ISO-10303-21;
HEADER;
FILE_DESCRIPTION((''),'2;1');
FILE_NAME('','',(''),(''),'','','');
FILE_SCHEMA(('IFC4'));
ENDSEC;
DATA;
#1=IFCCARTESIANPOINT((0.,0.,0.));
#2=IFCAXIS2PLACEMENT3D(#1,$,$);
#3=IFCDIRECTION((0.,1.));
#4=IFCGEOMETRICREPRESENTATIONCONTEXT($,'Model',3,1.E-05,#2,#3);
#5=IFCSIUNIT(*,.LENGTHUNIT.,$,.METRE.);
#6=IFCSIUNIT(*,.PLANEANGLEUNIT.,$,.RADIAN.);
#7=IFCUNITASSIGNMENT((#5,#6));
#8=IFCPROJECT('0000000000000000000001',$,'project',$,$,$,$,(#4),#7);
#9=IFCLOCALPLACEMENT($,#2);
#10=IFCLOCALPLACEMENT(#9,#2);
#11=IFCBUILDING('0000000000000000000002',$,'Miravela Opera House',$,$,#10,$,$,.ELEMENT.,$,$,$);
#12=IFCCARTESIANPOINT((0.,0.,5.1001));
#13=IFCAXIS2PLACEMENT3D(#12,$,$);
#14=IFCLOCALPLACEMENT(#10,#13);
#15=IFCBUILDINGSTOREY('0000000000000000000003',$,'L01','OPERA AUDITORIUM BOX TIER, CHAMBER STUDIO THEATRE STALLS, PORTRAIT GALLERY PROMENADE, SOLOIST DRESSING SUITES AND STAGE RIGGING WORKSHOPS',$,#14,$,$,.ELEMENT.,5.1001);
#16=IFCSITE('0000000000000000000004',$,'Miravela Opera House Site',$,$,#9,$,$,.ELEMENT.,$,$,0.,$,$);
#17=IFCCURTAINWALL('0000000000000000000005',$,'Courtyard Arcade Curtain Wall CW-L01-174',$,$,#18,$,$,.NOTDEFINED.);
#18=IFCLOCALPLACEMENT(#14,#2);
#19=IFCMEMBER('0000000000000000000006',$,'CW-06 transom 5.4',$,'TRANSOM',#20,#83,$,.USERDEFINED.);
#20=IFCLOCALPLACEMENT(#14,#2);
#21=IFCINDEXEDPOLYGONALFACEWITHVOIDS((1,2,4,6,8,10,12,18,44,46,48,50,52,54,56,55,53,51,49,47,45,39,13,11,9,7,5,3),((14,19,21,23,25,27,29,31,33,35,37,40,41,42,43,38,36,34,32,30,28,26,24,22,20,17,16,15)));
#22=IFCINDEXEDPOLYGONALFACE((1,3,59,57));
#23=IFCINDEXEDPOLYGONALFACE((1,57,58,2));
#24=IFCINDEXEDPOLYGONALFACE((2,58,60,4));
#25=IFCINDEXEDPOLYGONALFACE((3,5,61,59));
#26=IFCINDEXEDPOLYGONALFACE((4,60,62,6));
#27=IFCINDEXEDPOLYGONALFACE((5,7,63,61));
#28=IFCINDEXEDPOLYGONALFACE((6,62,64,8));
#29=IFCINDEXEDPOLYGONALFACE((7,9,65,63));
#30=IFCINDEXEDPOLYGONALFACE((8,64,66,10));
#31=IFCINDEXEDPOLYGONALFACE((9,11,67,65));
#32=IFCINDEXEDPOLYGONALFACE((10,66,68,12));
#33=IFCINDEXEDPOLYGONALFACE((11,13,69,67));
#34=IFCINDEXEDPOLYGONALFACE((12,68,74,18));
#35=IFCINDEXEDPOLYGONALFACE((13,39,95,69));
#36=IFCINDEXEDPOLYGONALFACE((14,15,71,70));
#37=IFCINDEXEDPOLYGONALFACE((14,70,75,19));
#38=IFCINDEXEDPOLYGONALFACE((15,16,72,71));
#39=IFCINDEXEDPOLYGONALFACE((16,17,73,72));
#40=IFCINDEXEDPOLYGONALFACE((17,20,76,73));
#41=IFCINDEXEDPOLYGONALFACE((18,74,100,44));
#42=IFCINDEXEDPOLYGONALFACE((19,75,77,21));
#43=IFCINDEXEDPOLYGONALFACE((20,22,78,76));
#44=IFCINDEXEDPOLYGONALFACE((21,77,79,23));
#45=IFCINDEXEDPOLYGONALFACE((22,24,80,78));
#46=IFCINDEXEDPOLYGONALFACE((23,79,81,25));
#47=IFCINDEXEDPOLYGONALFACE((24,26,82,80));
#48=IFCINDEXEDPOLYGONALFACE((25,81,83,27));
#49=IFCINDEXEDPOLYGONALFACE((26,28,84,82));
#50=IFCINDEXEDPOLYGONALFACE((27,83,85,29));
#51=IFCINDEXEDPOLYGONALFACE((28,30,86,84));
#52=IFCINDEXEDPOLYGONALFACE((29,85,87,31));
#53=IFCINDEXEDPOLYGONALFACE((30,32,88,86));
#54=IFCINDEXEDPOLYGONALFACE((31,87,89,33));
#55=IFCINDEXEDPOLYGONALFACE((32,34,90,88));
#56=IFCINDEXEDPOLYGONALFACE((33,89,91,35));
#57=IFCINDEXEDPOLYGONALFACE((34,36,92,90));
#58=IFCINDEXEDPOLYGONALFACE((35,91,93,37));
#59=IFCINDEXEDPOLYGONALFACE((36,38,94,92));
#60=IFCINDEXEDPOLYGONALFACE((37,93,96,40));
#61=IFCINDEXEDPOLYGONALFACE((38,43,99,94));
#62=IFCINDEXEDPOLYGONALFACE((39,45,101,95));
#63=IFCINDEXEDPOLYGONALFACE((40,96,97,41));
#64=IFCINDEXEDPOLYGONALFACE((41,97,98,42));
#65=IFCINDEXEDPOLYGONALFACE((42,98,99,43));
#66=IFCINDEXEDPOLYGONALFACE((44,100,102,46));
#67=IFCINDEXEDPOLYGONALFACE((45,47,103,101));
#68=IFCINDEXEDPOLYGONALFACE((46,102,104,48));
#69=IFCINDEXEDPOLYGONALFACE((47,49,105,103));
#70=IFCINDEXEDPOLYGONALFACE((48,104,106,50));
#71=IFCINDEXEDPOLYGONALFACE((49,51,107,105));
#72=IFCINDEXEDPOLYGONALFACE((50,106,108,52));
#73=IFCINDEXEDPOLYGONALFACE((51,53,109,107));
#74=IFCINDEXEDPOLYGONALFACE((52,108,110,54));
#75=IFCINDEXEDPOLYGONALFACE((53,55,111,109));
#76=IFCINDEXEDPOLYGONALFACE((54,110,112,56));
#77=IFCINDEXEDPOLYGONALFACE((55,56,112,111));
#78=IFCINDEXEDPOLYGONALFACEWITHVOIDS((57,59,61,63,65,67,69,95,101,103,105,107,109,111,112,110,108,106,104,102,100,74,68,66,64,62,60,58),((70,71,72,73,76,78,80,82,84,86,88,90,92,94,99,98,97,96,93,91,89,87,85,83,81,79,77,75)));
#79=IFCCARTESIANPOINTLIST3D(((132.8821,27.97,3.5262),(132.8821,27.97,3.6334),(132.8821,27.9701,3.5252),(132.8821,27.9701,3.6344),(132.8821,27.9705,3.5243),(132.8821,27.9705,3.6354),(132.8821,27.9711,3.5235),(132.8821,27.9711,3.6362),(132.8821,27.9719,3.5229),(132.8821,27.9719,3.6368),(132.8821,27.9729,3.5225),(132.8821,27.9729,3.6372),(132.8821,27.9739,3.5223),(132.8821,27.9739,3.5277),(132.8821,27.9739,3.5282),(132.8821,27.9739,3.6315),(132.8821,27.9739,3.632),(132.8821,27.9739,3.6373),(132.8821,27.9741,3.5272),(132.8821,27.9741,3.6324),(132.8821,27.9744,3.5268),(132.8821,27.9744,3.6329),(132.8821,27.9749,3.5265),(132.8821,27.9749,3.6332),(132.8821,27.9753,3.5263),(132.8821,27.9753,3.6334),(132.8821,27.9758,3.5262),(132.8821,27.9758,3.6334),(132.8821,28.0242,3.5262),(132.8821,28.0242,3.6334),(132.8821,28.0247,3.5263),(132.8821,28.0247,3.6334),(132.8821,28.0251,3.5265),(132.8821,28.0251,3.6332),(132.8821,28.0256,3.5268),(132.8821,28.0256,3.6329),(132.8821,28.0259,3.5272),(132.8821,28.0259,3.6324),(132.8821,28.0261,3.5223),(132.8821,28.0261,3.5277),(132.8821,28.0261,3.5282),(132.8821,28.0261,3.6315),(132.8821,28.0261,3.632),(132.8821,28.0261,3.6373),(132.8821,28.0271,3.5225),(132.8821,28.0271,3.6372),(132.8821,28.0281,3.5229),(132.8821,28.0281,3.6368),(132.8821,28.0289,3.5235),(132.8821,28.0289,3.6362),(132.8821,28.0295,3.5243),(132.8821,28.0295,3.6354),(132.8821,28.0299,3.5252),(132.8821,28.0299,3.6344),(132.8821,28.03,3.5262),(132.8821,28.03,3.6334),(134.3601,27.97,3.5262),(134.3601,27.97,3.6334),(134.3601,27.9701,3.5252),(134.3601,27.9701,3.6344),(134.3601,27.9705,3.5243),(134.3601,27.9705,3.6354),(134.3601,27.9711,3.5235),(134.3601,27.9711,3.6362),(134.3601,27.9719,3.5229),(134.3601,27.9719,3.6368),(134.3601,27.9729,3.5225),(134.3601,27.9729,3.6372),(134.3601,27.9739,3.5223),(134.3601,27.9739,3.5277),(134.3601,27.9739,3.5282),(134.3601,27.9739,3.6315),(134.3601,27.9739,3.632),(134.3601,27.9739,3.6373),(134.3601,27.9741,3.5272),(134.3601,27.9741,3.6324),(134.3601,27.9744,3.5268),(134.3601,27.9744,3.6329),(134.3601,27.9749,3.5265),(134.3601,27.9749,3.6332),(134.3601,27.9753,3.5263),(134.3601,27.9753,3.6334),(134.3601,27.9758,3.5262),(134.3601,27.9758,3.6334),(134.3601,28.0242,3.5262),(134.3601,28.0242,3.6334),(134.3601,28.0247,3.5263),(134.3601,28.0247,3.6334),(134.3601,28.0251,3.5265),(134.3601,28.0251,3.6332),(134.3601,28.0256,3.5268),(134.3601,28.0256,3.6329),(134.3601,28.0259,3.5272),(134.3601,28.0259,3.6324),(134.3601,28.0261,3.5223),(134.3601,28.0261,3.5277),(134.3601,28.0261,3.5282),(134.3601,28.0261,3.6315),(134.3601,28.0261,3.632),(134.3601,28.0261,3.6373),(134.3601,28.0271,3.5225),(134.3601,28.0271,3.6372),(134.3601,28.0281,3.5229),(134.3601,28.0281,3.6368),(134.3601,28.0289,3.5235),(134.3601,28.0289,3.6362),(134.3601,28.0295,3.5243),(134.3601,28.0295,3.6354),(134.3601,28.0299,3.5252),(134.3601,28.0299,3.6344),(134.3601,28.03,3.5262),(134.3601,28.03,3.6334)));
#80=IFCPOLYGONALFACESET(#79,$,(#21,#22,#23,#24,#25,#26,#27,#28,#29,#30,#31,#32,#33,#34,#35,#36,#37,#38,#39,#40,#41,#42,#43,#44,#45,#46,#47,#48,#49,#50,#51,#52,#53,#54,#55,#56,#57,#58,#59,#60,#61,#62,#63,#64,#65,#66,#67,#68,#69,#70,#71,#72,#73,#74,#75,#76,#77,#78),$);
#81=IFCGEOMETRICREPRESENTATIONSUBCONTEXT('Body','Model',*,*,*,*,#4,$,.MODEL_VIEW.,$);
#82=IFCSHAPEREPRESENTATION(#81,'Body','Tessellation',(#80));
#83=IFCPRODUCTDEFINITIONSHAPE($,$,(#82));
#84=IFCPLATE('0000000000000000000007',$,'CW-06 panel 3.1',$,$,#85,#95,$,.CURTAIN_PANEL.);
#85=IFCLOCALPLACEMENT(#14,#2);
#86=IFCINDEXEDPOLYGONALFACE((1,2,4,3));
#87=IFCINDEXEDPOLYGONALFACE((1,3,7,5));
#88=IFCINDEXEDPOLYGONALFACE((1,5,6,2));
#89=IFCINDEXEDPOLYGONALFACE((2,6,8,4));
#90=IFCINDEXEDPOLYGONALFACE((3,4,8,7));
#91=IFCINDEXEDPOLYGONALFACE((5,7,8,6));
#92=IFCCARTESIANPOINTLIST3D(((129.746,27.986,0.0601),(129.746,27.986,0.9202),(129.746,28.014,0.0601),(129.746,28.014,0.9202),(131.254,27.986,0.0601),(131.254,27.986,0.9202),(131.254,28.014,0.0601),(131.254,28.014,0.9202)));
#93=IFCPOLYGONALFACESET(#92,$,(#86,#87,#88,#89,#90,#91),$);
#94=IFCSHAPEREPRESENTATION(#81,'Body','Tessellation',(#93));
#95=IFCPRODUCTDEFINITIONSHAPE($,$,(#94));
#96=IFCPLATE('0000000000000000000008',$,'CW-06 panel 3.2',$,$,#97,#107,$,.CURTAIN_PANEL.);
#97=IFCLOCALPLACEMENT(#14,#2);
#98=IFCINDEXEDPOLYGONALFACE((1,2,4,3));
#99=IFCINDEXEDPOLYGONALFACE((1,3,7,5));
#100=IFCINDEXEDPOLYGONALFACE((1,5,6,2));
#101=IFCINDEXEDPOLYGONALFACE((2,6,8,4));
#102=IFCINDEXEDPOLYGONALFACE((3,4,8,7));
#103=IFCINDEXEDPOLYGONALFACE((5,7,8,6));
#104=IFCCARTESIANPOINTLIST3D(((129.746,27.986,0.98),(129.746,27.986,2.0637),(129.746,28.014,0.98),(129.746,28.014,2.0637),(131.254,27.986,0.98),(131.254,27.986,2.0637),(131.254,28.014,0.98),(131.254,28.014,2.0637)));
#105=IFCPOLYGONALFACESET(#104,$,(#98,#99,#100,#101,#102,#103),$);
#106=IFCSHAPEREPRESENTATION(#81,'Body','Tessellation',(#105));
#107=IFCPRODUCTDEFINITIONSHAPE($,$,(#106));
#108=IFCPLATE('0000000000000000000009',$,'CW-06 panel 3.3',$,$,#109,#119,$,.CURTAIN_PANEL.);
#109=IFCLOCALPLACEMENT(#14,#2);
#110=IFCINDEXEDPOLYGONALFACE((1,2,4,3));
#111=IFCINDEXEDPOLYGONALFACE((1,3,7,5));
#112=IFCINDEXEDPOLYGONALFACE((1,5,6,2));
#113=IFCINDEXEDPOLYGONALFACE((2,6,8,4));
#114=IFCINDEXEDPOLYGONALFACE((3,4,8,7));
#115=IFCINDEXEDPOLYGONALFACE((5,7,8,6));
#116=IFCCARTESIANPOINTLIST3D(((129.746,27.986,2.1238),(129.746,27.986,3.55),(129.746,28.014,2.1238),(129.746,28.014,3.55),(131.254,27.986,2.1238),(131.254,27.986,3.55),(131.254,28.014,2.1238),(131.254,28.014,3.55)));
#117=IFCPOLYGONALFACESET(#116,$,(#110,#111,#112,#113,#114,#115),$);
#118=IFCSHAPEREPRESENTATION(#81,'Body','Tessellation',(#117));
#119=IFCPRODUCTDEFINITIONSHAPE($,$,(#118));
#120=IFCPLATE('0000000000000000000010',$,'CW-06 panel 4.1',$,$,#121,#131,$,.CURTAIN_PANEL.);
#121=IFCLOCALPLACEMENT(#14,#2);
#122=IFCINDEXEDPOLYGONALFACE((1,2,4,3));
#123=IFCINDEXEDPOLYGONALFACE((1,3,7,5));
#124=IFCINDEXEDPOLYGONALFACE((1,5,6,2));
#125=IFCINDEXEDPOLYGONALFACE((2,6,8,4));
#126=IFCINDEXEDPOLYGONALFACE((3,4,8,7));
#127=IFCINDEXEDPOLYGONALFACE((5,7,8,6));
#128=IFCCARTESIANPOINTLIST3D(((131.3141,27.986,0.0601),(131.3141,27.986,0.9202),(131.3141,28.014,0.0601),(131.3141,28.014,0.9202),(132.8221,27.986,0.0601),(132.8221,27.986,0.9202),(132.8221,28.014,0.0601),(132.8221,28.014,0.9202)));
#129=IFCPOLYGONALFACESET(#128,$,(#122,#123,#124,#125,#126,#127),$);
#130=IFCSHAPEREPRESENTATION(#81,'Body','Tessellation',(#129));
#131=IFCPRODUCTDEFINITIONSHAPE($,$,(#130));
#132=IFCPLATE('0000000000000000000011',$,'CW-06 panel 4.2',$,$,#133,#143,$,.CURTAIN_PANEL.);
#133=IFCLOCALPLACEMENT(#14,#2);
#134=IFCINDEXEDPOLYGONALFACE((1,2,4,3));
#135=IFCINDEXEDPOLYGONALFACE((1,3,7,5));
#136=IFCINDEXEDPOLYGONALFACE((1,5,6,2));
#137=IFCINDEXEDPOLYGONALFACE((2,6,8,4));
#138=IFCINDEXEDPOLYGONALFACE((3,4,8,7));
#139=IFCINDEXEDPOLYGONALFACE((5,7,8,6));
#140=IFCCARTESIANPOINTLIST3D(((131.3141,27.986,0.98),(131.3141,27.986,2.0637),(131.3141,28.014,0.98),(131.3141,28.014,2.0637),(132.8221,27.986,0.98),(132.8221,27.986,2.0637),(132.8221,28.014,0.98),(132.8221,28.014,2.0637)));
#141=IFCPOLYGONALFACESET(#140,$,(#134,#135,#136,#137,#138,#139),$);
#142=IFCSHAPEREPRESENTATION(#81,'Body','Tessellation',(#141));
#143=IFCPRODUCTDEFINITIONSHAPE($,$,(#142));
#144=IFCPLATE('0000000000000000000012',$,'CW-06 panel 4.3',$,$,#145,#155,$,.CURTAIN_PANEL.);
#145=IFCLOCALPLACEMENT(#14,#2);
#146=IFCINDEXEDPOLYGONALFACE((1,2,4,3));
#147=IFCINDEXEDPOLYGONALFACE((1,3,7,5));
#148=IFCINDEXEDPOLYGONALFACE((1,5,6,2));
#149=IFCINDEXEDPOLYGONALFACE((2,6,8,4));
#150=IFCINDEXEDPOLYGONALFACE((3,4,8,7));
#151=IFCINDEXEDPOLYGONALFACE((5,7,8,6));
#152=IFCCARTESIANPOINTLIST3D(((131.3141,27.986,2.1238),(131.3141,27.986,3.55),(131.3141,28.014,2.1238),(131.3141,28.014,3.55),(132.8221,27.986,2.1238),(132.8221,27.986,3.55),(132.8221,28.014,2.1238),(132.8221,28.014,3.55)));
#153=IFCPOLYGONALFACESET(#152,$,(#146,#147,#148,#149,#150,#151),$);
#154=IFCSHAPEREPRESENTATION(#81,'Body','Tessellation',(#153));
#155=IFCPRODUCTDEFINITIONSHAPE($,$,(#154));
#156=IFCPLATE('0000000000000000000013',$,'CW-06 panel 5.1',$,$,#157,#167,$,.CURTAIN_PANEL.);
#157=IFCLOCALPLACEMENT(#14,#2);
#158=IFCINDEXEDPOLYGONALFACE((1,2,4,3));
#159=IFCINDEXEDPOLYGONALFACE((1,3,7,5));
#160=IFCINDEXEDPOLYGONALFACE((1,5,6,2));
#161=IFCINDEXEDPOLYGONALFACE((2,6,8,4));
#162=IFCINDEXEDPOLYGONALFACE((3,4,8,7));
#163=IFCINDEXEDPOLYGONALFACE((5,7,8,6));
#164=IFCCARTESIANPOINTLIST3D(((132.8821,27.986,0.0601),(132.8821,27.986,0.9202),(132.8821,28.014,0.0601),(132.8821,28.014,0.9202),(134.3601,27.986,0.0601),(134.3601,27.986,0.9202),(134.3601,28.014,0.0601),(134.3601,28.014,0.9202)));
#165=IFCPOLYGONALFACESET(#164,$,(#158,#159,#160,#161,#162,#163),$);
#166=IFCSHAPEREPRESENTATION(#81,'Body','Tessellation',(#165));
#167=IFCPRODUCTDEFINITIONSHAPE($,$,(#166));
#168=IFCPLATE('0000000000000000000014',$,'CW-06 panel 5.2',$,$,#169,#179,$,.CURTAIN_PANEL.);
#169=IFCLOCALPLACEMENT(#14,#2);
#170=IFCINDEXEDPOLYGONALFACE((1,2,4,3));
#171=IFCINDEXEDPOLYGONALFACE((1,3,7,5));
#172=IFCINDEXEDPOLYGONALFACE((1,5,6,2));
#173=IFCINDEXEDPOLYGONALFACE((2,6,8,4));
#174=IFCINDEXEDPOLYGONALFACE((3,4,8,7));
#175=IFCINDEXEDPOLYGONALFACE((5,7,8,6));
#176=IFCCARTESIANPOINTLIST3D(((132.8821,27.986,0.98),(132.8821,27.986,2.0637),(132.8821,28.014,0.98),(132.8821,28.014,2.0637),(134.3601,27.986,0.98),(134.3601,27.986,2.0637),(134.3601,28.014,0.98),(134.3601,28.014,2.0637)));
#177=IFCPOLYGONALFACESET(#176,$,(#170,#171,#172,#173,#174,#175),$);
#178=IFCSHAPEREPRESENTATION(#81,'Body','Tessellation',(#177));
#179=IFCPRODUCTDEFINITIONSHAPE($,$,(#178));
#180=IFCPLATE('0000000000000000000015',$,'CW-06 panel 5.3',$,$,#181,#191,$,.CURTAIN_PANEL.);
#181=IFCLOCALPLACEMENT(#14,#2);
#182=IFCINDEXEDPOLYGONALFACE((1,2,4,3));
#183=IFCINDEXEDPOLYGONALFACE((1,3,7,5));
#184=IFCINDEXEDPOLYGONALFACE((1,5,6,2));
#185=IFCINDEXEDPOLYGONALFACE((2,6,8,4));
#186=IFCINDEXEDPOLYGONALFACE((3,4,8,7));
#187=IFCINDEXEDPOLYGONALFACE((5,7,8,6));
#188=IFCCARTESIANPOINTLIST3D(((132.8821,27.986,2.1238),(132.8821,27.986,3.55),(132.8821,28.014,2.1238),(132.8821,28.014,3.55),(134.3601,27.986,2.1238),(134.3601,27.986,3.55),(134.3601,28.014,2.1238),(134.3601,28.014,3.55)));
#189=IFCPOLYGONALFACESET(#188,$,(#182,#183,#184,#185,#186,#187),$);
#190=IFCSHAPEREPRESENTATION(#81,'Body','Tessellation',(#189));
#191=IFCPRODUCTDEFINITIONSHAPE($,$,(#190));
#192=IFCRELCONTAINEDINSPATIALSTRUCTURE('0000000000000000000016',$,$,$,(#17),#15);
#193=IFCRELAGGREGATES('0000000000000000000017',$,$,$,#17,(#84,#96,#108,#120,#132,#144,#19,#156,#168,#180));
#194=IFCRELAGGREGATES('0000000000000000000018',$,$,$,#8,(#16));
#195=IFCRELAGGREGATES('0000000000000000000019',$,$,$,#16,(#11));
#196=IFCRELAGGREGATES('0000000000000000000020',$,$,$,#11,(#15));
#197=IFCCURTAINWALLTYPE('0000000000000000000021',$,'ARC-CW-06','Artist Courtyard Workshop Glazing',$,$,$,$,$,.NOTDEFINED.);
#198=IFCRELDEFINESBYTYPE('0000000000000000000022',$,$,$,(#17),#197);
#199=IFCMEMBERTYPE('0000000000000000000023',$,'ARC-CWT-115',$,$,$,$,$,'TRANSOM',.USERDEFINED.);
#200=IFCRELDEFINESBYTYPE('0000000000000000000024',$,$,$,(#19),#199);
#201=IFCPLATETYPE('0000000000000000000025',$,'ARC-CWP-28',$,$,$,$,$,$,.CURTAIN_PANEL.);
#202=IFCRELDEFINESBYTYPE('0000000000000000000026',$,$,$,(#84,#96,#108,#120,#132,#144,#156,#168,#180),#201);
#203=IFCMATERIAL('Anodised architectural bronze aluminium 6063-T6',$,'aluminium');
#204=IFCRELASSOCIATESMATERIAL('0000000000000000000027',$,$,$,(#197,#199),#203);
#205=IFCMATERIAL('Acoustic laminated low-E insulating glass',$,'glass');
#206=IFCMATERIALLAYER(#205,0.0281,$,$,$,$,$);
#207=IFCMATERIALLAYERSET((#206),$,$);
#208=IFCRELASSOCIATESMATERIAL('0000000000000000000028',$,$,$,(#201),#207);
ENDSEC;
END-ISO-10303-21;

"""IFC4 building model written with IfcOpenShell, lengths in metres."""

from ifc_helpers import new_model, si_unit, direction, frame, origin, origin_2d, place, context, subcontext, project, spatial, rectangle, hollow_rectangle, extrude, material, layer, layer_set, material_profile, profile_set, type_object, element, aggregate, save


model = new_model("IFC4")

# Units and contexts
model_context = context("Model", 3, precision=1e-05, world=origin(), true_north=direction((0.0, 1.0)))
body_context = subcontext(model_context, "Body", "Model", "MODEL_VIEW")
ifc_project = project(units=[si_unit("LENGTHUNIT", "METRE"), si_unit("PLANEANGLEUNIT", "RADIAN")], contexts=[model_context])

# Site, building, storey
site_placement = place(None, origin())
site = spatial("IfcSite", under=ifc_project, at=site_placement, Name="Miravela Opera House Site", CompositionType="ELEMENT", RefElevation=0.0)
building_placement = place(site_placement, origin())
building = spatial("IfcBuilding", under=site, at=building_placement, Name="Miravela Opera House", CompositionType="ELEMENT")
storey_placement = place(building_placement, frame((0.0, 0.0, 5.1001)))
storey = spatial("IfcBuildingStorey", under=building, at=storey_placement, Name="L01", Description="OPERA AUDITORIUM BOX TIER, CHAMBER STUDIO THEATRE STALLS, PORTRAIT GALLERY PROMENADE, SOLOIST DRESSING SUITES AND STAGE RIGGING WORKSHOPS", CompositionType="ELEMENT", Elevation=5.1001)

# Curtain wall, member, plates
ifc_material_1 = material(Name="Anodised architectural bronze aluminium 6063-T6", Category="aluminium")
curtain_wall_type = type_object("IfcCurtainWallType", Name="ARC-CW-06", Description="Artist Courtyard Workshop Glazing", PredefinedType="NOTDEFINED", material=ifc_material_1)
curtain_wall_placement = place(storey_placement, origin())
curtain_wall = element("IfcCurtainWall", 1, at=curtain_wall_placement, inside=storey, type_object=curtain_wall_type, Name="Courtyard Arcade Curtain Wall CW-L01-174", PredefinedType="NOTDEFINED")
ifc_material_profile_1 = material_profile(ifc_material_1, hollow_rectangle(XDim=0.0601, YDim=0.115, WallThickness=0.0039, InnerFilletRadius=0.002, OuterFilletRadius=0.0039, at=origin_2d()), Name="CWT-60X115")
ifc_profile_set_1 = profile_set([ifc_material_profile_1])
member_type_1 = type_object("IfcMemberType", Name="ARC-CWT-115", ElementType="TRANSOM", PredefinedType="USERDEFINED", material=ifc_profile_set_1)
member_1_placement = place(storey_placement, frame((132.8821, 28.0, 3.5798), z_axis=(1.0, 0.0, 0.0), x_axis=(0.0, 1.0, 0.0)))
member_1 = element("IfcMember", 2, at=member_1_placement, type_object=member_type_1, Name="CW-06 transom 5.4", ObjectType="TRANSOM", PredefinedType="USERDEFINED", context=body_context, shape_type="SweptSolid", body=[
    extrude(hollow_rectangle(XDim=0.0601, YDim=0.115, WallThickness=0.0039, InnerFilletRadius=0.002, OuterFilletRadius=0.0039, at=origin_2d()), origin(), (0.0, 0.0, 1.0), 1.478),
])
ifc_material_2 = material(Name="Acoustic laminated low-E insulating glass", Category="glass")
ifc_layer = layer(ifc_material_2, 0.0281)
ifc_layer_set = layer_set([ifc_layer])
plate_type = type_object("IfcPlateType", Name="ARC-CWP-28", PredefinedType="CURTAIN_PANEL", material=ifc_layer_set)
plate_1_placement = place(storey_placement, frame((130.5, 28.0, 0.0601), z_axis=(0.0, 0.0, 1.0), x_axis=(1.0, 0.0, 0.0)))
plate_1 = element("IfcPlate", 3, at=plate_1_placement, type_object=plate_type, Name="CW-06 panel 3.1", PredefinedType="CURTAIN_PANEL", context=body_context, shape_type="SweptSolid", body=[
    extrude(rectangle(XDim=1.5081, YDim=0.0281, at=origin_2d()), origin(), (0.0, 0.0, 1.0), 0.8601),
])
plate_2_placement = place(storey_placement, frame((130.5, 28.0, 0.98), z_axis=(0.0, 0.0, 1.0), x_axis=(1.0, 0.0, 0.0)))
plate_2 = element("IfcPlate", 4, at=plate_2_placement, type_object=plate_type, Name="CW-06 panel 3.2", PredefinedType="CURTAIN_PANEL", context=body_context, shape_type="SweptSolid", body=[
    extrude(rectangle(XDim=1.5081, YDim=0.0281, at=origin_2d()), origin(), (0.0, 0.0, 1.0), 1.0837),
])
plate_3_placement = place(storey_placement, frame((130.5, 28.0, 2.1238), z_axis=(0.0, 0.0, 1.0), x_axis=(1.0, 0.0, 0.0)))
plate_3 = element("IfcPlate", 5, at=plate_3_placement, type_object=plate_type, Name="CW-06 panel 3.3", PredefinedType="CURTAIN_PANEL", context=body_context, shape_type="SweptSolid", body=[
    extrude(rectangle(XDim=1.5081, YDim=0.0281, at=origin_2d()), origin(), (0.0, 0.0, 1.0), 1.4263),
])
plate_4_placement = place(storey_placement, frame((132.0681, 28.0, 0.0601), z_axis=(0.0, 0.0, 1.0), x_axis=(1.0, 0.0, 0.0)))
plate_4 = element("IfcPlate", 6, at=plate_4_placement, type_object=plate_type, Name="CW-06 panel 4.1", PredefinedType="CURTAIN_PANEL", context=body_context, shape_type="SweptSolid", body=[
    extrude(rectangle(XDim=1.5081, YDim=0.0281, at=origin_2d()), origin(), (0.0, 0.0, 1.0), 0.8601),
])
plate_5_placement = place(storey_placement, frame((132.0681, 28.0, 0.98), z_axis=(0.0, 0.0, 1.0), x_axis=(1.0, 0.0, 0.0)))
plate_5 = element("IfcPlate", 7, at=plate_5_placement, type_object=plate_type, Name="CW-06 panel 4.2", PredefinedType="CURTAIN_PANEL", context=body_context, shape_type="SweptSolid", body=[
    extrude(rectangle(XDim=1.5081, YDim=0.0281, at=origin_2d()), origin(), (0.0, 0.0, 1.0), 1.0837),
])
plate_6_placement = place(storey_placement, frame((132.0681, 28.0, 2.1238), z_axis=(0.0, 0.0, 1.0), x_axis=(1.0, 0.0, 0.0)))
plate_6 = element("IfcPlate", 8, at=plate_6_placement, type_object=plate_type, Name="CW-06 panel 4.3", PredefinedType="CURTAIN_PANEL", context=body_context, shape_type="SweptSolid", body=[
    extrude(rectangle(XDim=1.5081, YDim=0.0281, at=origin_2d()), origin(), (0.0, 0.0, 1.0), 1.4263),
])
plate_7_placement = place(storey_placement, frame((133.6211, 28.0, 0.0601), z_axis=(0.0, 0.0, 1.0), x_axis=(1.0, 0.0, 0.0)))
plate_7 = element("IfcPlate", 9, at=plate_7_placement, type_object=plate_type, Name="CW-06 panel 5.1", PredefinedType="CURTAIN_PANEL", context=body_context, shape_type="SweptSolid", body=[
    extrude(rectangle(XDim=1.478, YDim=0.0281, at=origin_2d()), origin(), (0.0, 0.0, 1.0), 0.8601),
])
plate_8_placement = place(storey_placement, frame((133.6211, 28.0, 0.98), z_axis=(0.0, 0.0, 1.0), x_axis=(1.0, 0.0, 0.0)))
plate_8 = element("IfcPlate", 10, at=plate_8_placement, type_object=plate_type, Name="CW-06 panel 5.2", PredefinedType="CURTAIN_PANEL", context=body_context, shape_type="SweptSolid", body=[
    extrude(rectangle(XDim=1.478, YDim=0.0281, at=origin_2d()), origin(), (0.0, 0.0, 1.0), 1.0837),
])
plate_9_placement = place(storey_placement, frame((133.6211, 28.0, 2.1238), z_axis=(0.0, 0.0, 1.0), x_axis=(1.0, 0.0, 0.0)))
plate_9 = element("IfcPlate", 11, at=plate_9_placement, type_object=plate_type, Name="CW-06 panel 5.3", PredefinedType="CURTAIN_PANEL", context=body_context, shape_type="SweptSolid", body=[
    extrude(rectangle(XDim=1.478, YDim=0.0281, at=origin_2d()), origin(), (0.0, 0.0, 1.0), 1.4263),
])
aggregate(curtain_wall, [plate_1, plate_2, plate_3, plate_4, plate_5, plate_6, member_1, plate_7, plate_8, plate_9])

save(model, "model.ifc")
